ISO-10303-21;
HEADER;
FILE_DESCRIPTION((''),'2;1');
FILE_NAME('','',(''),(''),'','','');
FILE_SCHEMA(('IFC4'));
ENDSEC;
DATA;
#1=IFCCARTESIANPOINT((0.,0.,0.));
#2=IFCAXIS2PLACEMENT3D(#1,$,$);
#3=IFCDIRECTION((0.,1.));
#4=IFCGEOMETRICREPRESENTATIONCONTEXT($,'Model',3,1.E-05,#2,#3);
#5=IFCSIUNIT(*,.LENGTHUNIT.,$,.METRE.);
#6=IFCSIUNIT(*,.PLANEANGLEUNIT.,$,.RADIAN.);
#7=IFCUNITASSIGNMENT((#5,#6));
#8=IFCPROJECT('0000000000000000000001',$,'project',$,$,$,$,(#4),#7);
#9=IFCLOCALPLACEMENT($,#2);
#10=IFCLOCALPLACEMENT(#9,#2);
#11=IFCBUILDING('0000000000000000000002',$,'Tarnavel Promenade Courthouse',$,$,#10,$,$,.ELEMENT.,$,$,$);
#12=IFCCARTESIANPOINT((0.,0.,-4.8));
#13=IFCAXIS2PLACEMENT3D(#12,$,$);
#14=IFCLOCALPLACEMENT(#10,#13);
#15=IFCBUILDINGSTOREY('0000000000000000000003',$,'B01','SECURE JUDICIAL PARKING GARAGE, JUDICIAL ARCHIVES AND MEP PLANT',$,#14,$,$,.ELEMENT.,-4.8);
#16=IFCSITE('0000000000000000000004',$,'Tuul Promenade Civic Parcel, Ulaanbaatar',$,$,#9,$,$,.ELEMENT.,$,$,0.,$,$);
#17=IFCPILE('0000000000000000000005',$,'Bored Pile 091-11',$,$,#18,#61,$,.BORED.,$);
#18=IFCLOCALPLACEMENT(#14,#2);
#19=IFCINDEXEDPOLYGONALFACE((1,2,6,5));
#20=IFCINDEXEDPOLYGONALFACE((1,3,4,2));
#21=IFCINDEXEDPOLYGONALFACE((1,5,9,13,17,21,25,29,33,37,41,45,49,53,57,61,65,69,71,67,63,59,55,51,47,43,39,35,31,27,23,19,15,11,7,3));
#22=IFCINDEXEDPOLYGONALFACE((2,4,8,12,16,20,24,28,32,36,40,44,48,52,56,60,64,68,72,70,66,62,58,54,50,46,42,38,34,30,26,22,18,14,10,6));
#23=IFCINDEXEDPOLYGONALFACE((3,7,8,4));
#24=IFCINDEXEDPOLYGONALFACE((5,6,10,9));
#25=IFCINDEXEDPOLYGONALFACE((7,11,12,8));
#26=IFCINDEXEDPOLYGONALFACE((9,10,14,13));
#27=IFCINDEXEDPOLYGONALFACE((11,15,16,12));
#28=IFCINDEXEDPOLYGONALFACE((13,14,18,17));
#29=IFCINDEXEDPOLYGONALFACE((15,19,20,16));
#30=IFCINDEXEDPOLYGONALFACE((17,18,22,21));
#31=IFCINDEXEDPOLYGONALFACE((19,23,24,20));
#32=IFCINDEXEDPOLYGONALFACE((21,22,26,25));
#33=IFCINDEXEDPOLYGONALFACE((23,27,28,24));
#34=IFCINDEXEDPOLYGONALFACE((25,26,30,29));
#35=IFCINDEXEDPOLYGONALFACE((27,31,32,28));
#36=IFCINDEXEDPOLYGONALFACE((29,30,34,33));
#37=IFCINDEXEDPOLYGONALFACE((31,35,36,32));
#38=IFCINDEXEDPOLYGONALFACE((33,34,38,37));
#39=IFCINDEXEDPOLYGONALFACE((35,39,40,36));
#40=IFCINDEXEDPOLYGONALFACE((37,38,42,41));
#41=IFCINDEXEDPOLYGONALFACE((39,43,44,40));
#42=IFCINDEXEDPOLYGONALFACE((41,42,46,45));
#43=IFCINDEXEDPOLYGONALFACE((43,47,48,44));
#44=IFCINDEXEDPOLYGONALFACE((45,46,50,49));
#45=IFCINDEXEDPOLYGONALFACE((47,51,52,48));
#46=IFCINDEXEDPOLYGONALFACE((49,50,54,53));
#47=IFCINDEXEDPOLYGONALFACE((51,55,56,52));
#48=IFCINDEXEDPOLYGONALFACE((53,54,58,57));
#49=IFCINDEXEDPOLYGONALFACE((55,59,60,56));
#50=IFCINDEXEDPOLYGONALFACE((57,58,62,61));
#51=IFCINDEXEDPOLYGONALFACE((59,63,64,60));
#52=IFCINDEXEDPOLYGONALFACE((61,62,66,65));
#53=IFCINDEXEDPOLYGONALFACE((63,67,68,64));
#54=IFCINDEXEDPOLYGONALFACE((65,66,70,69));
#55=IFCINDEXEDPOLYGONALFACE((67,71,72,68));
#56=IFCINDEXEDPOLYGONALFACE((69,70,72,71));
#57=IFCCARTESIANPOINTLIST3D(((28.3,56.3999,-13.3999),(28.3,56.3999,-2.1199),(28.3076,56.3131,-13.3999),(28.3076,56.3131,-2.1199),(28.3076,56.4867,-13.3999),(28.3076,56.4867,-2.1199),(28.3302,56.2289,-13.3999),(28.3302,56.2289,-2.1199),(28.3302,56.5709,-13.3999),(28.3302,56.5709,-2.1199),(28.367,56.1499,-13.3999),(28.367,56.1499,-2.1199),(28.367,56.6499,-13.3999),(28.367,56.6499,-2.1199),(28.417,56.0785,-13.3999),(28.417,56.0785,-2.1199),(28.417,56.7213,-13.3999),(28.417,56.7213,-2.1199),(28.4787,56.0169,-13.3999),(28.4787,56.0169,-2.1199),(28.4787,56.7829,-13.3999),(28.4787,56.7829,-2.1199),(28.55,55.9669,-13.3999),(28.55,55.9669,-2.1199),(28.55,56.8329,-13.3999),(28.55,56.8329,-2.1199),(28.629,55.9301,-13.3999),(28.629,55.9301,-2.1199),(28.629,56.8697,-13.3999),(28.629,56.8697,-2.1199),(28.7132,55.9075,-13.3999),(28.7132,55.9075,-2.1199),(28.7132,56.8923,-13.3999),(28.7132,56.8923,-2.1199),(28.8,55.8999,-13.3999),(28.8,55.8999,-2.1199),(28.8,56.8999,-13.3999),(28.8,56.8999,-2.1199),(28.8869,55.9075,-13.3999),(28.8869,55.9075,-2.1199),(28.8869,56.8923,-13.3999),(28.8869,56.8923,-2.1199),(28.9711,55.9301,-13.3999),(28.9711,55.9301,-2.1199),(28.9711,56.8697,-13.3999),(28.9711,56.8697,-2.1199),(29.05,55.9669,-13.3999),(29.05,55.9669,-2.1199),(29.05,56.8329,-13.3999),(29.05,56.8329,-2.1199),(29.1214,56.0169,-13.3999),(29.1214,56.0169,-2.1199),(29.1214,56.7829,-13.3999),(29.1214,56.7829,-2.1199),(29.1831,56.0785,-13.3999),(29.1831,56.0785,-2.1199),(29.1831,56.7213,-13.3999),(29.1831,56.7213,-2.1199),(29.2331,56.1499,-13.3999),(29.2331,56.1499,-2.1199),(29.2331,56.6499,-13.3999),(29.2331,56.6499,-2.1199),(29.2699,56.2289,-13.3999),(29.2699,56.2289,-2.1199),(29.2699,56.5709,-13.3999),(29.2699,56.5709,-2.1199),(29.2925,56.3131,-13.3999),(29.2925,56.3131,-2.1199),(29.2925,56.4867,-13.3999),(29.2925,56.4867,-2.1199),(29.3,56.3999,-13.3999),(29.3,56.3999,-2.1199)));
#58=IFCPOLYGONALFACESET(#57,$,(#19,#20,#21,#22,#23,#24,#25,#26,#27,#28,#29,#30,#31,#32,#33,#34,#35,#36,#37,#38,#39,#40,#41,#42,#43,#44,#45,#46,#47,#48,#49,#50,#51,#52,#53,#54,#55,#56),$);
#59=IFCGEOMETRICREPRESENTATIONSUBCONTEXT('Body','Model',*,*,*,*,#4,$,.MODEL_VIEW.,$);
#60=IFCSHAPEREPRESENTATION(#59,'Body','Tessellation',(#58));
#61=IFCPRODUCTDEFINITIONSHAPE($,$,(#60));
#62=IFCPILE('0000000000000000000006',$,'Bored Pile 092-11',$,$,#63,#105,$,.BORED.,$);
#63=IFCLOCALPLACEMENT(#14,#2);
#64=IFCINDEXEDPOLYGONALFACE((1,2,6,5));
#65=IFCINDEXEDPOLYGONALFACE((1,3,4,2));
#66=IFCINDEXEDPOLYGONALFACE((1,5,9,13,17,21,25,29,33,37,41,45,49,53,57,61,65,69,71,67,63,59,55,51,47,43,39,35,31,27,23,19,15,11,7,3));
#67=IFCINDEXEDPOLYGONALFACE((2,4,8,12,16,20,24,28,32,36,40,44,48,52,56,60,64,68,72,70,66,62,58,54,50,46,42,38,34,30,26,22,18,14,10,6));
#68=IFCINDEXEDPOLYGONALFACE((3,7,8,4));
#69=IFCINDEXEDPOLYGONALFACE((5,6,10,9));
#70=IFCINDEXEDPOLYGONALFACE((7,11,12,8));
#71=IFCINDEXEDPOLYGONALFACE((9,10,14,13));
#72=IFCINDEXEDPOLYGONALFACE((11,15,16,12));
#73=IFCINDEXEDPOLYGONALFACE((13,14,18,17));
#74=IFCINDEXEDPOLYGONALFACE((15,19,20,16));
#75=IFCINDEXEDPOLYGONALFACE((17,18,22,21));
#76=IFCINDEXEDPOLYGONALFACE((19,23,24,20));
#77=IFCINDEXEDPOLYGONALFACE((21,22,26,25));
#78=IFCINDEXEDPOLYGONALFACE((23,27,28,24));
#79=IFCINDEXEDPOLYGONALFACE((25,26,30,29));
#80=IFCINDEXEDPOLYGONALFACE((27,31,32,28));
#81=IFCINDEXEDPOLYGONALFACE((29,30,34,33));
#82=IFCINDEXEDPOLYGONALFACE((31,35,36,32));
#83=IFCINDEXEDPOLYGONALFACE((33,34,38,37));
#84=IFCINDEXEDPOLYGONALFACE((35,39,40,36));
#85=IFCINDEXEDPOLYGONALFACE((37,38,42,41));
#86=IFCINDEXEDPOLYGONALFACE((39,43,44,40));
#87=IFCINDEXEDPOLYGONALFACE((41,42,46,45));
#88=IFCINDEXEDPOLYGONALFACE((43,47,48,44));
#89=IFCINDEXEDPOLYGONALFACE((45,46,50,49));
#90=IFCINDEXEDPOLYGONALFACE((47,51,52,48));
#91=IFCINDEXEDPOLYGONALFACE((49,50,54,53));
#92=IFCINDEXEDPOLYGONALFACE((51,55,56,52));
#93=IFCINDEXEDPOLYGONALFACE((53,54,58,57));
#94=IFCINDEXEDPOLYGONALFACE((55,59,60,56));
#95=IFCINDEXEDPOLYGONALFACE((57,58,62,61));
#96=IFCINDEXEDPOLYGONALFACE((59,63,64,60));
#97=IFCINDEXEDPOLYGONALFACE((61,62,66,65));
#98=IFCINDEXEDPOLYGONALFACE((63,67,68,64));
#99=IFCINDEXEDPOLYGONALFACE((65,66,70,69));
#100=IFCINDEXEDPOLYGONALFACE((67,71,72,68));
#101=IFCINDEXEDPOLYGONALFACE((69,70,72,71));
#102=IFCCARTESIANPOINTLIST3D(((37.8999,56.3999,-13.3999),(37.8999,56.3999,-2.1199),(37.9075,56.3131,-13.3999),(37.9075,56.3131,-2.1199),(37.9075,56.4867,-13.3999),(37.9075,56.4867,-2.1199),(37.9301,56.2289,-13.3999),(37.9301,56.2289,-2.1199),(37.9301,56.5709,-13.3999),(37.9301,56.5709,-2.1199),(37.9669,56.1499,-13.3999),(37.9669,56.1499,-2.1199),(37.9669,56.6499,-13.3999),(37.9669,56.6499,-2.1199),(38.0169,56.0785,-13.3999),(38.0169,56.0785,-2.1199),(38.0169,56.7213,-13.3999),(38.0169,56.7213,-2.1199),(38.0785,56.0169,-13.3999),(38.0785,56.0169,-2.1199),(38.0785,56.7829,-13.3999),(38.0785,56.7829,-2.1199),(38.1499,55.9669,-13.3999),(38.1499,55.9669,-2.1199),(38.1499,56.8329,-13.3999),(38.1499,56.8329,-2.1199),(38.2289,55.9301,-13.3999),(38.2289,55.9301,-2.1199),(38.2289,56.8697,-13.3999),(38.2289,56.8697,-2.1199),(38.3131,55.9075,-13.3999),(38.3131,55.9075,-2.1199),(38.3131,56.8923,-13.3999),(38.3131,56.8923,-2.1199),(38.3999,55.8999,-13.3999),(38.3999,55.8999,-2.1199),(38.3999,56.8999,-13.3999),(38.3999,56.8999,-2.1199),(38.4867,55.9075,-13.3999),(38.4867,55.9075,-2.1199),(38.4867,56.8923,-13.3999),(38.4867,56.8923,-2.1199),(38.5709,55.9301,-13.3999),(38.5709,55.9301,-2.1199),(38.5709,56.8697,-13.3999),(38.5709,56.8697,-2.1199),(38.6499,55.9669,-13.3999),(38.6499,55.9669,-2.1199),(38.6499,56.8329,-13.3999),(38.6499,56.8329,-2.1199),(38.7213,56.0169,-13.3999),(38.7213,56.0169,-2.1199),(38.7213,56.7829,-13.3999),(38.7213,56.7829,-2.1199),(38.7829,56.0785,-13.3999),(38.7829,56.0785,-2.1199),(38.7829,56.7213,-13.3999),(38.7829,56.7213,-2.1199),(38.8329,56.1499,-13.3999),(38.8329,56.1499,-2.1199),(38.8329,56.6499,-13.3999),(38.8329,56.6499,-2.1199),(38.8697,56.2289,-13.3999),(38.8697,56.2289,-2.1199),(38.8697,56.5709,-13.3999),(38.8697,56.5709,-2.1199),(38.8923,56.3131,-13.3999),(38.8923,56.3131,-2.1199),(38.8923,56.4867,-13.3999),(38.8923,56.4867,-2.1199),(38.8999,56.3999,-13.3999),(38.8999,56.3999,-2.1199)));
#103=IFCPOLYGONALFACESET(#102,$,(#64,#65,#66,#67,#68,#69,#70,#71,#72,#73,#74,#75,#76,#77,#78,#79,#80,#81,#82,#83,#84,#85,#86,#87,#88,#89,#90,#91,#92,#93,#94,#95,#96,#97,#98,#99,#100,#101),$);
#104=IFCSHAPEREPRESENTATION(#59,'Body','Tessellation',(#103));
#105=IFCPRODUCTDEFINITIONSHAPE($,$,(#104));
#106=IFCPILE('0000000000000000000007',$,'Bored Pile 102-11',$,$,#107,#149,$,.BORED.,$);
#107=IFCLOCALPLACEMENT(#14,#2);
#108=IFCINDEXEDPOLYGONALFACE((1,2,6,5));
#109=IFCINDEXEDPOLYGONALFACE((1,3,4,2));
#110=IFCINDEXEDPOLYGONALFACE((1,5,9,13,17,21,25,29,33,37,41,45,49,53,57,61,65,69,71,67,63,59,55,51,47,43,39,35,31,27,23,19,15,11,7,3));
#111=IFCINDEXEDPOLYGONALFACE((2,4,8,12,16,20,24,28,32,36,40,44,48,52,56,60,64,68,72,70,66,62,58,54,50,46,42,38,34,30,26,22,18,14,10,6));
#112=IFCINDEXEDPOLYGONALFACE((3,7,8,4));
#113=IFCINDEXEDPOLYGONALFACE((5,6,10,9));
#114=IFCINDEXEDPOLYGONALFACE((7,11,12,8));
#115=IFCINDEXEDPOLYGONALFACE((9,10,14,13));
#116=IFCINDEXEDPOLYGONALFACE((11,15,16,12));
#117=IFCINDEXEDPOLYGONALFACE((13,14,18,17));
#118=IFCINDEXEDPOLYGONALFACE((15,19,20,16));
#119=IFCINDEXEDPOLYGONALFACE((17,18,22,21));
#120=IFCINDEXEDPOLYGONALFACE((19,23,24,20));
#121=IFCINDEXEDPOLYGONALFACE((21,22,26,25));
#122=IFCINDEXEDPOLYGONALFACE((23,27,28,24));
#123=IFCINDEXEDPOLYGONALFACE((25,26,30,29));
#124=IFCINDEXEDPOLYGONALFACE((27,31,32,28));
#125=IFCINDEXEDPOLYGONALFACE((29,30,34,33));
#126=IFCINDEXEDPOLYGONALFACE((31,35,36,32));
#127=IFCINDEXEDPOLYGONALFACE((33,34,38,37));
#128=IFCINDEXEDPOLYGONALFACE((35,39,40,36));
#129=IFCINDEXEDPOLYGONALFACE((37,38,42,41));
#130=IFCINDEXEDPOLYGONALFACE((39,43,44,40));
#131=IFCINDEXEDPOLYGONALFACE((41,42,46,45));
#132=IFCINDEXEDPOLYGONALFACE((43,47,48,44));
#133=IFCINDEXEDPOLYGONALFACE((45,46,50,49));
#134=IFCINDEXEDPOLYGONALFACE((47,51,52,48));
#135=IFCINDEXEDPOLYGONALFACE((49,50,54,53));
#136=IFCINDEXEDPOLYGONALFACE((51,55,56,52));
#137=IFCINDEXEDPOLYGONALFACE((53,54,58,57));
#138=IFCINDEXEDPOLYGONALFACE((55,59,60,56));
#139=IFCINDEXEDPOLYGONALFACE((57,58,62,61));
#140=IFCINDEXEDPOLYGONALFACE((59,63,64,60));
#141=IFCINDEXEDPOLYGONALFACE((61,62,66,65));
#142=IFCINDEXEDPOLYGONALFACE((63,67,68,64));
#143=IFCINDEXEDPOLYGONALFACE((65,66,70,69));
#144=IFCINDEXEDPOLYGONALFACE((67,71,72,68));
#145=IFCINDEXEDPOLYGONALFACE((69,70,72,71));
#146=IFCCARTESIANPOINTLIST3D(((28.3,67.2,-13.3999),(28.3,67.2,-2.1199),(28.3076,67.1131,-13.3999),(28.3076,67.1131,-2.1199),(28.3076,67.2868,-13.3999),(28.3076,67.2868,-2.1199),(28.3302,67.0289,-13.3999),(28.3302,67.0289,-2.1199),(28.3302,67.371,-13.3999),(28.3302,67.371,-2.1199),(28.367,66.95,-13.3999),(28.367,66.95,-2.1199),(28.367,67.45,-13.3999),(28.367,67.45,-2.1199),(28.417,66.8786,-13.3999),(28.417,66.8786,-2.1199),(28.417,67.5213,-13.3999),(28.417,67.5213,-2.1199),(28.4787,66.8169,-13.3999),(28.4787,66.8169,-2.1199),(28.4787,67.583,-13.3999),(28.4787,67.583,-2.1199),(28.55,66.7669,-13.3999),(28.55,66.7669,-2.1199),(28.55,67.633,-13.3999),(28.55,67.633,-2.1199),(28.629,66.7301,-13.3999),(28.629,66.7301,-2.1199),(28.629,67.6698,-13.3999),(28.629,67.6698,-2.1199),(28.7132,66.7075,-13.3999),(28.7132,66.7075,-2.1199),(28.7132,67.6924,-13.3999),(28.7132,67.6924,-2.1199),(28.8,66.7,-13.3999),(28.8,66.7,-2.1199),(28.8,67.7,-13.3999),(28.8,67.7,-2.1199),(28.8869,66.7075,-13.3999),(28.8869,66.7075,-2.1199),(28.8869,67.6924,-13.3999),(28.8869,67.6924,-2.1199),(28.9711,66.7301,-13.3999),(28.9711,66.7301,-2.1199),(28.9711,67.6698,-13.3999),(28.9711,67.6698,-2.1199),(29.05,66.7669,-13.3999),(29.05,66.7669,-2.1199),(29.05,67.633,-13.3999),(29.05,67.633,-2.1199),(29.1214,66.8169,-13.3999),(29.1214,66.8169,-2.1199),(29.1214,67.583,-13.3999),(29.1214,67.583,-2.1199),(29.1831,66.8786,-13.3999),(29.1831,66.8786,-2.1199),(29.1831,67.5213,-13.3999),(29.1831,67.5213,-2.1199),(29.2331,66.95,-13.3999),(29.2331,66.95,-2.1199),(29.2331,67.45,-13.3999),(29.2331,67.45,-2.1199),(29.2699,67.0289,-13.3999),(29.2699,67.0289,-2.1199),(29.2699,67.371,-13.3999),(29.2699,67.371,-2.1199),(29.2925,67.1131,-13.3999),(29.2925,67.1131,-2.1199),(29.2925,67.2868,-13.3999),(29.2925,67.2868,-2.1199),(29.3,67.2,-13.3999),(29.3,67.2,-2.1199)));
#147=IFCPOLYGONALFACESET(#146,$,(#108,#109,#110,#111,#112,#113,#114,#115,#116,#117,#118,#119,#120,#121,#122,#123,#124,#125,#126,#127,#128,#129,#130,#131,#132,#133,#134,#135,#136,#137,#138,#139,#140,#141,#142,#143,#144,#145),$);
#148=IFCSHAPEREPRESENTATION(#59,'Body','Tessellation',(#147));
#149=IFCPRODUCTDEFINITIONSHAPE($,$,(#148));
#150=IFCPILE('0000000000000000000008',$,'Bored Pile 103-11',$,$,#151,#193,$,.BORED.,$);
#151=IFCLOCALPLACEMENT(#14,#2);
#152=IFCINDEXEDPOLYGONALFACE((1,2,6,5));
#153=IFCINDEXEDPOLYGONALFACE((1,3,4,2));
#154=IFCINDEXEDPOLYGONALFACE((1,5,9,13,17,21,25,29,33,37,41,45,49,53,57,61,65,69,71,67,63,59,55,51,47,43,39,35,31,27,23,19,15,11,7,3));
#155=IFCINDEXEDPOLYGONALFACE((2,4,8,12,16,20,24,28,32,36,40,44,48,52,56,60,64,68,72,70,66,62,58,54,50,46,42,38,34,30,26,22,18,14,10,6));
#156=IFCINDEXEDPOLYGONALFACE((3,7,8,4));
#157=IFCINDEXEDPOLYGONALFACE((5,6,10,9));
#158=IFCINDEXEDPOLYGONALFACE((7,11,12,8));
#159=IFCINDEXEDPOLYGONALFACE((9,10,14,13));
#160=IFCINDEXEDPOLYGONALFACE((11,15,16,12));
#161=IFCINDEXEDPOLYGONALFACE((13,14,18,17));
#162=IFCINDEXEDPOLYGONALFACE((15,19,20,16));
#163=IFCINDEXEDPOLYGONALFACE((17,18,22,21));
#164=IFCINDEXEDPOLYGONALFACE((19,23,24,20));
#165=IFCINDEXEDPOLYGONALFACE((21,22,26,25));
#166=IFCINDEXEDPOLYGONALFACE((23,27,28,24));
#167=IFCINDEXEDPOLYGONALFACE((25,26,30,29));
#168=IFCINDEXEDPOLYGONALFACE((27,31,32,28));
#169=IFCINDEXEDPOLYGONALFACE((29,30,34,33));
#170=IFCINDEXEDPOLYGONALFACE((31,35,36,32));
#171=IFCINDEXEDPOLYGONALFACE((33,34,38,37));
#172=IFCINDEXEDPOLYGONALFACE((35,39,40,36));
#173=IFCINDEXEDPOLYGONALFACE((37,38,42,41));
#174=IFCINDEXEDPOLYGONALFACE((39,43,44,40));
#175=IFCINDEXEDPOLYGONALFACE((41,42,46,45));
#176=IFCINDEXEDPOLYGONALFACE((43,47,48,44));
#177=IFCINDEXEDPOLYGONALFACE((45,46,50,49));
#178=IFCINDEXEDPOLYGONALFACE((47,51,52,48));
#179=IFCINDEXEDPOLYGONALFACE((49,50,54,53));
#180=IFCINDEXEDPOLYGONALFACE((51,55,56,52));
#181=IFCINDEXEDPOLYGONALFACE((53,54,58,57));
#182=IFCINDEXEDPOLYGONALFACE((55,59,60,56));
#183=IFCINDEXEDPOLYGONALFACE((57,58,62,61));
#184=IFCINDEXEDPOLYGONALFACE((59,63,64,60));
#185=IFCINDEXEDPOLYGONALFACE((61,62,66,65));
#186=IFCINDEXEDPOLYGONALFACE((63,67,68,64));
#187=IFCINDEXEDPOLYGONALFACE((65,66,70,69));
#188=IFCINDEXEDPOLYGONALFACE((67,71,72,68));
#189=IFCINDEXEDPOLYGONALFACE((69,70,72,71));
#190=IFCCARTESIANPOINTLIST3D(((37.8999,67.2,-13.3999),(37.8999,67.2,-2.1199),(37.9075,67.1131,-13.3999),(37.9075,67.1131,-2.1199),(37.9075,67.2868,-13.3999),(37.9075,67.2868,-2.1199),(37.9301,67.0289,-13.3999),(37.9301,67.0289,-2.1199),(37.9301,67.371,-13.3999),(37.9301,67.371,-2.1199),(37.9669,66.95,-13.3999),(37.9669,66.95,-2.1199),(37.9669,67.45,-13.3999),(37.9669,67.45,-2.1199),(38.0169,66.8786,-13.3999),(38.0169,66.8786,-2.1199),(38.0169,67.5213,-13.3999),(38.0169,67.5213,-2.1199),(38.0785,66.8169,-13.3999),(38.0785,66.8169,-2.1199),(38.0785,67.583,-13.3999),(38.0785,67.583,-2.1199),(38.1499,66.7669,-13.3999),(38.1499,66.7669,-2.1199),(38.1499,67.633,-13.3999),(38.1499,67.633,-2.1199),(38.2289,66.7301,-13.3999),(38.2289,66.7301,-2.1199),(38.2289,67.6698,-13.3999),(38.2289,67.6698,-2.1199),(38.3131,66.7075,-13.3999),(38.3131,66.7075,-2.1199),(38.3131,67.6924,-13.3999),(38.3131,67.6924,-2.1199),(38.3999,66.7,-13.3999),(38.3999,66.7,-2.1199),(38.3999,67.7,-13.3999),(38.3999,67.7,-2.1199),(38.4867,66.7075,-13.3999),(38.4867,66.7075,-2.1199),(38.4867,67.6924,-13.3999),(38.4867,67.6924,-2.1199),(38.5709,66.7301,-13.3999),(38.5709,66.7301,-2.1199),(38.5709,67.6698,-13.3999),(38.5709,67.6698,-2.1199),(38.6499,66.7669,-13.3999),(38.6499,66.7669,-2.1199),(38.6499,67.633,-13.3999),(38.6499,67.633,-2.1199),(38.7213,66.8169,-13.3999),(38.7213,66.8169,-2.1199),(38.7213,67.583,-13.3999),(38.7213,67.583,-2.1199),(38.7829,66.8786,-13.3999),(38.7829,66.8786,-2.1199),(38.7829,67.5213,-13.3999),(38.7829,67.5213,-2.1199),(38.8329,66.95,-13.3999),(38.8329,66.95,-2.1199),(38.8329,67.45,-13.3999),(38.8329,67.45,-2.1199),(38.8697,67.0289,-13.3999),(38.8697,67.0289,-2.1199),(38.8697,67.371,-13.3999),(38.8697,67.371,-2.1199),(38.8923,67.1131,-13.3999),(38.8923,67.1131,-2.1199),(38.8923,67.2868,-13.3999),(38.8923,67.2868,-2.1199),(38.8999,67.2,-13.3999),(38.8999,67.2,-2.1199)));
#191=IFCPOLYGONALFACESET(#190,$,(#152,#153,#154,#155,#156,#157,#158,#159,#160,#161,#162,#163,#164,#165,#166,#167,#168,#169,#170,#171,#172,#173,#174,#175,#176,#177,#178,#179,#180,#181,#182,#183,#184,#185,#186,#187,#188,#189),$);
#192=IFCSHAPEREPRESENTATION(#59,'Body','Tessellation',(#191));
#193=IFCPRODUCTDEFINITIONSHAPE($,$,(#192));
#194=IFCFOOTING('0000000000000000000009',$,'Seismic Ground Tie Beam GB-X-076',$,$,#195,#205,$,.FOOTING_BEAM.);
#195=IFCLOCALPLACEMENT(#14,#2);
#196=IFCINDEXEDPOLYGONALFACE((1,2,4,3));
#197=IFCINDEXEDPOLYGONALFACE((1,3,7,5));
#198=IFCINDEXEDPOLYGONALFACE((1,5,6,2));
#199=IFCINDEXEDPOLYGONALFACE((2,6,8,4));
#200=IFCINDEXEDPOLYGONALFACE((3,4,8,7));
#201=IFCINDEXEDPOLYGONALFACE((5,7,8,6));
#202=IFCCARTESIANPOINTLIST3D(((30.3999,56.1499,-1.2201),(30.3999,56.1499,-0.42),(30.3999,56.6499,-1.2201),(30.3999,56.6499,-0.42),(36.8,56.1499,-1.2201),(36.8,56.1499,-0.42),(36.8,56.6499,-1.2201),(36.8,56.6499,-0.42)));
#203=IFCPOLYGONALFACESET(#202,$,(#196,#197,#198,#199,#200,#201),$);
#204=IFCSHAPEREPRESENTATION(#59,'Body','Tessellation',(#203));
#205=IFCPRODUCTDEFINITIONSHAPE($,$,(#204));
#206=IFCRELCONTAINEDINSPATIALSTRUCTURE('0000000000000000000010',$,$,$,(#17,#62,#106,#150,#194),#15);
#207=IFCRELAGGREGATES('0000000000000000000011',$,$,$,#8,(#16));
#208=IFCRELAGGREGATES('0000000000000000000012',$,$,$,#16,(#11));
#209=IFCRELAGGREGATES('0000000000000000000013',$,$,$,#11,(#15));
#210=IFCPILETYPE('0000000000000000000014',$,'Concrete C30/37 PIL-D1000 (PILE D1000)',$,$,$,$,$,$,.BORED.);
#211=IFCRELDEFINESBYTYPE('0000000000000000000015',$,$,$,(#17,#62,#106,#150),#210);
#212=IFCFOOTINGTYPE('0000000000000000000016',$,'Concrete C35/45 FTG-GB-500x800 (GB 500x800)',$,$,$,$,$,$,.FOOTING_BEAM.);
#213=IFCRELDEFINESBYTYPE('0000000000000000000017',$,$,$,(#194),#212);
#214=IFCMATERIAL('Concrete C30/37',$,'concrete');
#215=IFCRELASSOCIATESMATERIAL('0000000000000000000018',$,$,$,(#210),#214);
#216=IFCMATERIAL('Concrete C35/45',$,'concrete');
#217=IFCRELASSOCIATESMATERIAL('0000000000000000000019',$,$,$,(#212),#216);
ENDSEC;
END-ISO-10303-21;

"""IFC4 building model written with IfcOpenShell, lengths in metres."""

from ifc_helpers import new_model, si_unit, direction, frame, origin, origin_2d, place, context, subcontext, project, spatial, rectangle, circle, extrude, material, material_profile, profile_set, type_object, element, save


model = new_model("IFC4")

# Units and contexts
model_context = context("Model", 3, precision=1e-05, world=origin(), true_north=direction((0.0, 1.0)))
body_context = subcontext(model_context, "Body", "Model", "MODEL_VIEW")
ifc_project = project(units=[si_unit("LENGTHUNIT", "METRE"), si_unit("PLANEANGLEUNIT", "RADIAN")], contexts=[model_context])

# Site, building, storey
site_placement = place(None, origin())
site = spatial("IfcSite", under=ifc_project, at=site_placement, Name="Tuul Promenade Civic Parcel, Ulaanbaatar", CompositionType="ELEMENT", RefElevation=0.0)
building_placement = place(site_placement, origin())
building = spatial("IfcBuilding", under=site, at=building_placement, Name="Tarnavel Promenade Courthouse", CompositionType="ELEMENT")
storey_placement = place(building_placement, frame((0.0, 0.0, -4.8)))
storey = spatial("IfcBuildingStorey", under=building, at=storey_placement, Name="B01", Description="SECURE JUDICIAL PARKING GARAGE, JUDICIAL ARCHIVES AND MEP PLANT", CompositionType="ELEMENT", Elevation=-4.8)

# Piles
ifc_material_1 = material(Name="Concrete C30/37", Category="concrete")
ifc_material_profile_1 = material_profile(ifc_material_1, circle(Radius=0.5, at=origin_2d()), Name="PILE D1000")
ifc_profile_set_1 = profile_set([ifc_material_profile_1], Name="Concrete C30/37")
pile_type = type_object("IfcPileType", Name="Concrete C30/37 PIL-D1000 (PILE D1000)", PredefinedType="BORED", material=ifc_profile_set_1)
for number, where, z_axis, x_axis, name in (
    (1, (28.8, 56.3999, -2.1199), (0.0, 0.0, -1.0), (1.0, 0.0, 0.0), "Bored Pile 091-11"),
    (2, (38.3999, 56.3999, -2.1199), (0.0, 0.0, -1.0), (1.0, 0.0, 0.0), "Bored Pile 092-11"),
    (3, (28.8, 67.2, -2.1199), (0.0, 0.0, -1.0), (1.0, 0.0, 0.0), "Bored Pile 102-11"),
    (4, (38.3999, 67.2, -2.1199), (0.0, 0.0, -1.0), (1.0, 0.0, 0.0), "Bored Pile 103-11"),
):
    element("IfcPile", number, at=place(storey_placement, frame(where, z_axis=z_axis, x_axis=x_axis)), inside=storey, type_object=pile_type, Name=name, PredefinedType="BORED", context=body_context, shape_type="SweptSolid", body=[
        extrude(circle(Radius=0.5, at=origin_2d()), origin(), (0.0, 0.0, 1.0), 11.28),
    ])

# Footing
ifc_material_2 = material(Name="Concrete C35/45", Category="concrete")
ifc_material_profile_2 = material_profile(ifc_material_2, rectangle(XDim=0.5, YDim=0.8, at=origin_2d()), Name="GB 500x800")
ifc_profile_set_2 = profile_set([ifc_material_profile_2], Name="Concrete C35/45")
footing_type_1 = type_object("IfcFootingType", Name="Concrete C35/45 FTG-GB-500x800 (GB 500x800)", PredefinedType="FOOTING_BEAM", material=ifc_profile_set_2)
for number, where, z_axis, x_axis, name in (
    (5, (30.3999, 56.3999, -0.8201), (1.0, 0.0, 0.0), (0.0, 1.0, 0.0), "Seismic Ground Tie Beam GB-X-076"),
):
    element("IfcFooting", number, at=place(storey_placement, frame(where, z_axis=z_axis, x_axis=x_axis)), inside=storey, type_object=footing_type_1, Name=name, PredefinedType="FOOTING_BEAM", context=body_context, shape_type="SweptSolid", body=[
        extrude(rectangle(XDim=0.5, YDim=0.8, at=origin_2d()), origin(), (0.0, 0.0, 1.0), 6.4001),
    ])

save(model, "model.ifc")
